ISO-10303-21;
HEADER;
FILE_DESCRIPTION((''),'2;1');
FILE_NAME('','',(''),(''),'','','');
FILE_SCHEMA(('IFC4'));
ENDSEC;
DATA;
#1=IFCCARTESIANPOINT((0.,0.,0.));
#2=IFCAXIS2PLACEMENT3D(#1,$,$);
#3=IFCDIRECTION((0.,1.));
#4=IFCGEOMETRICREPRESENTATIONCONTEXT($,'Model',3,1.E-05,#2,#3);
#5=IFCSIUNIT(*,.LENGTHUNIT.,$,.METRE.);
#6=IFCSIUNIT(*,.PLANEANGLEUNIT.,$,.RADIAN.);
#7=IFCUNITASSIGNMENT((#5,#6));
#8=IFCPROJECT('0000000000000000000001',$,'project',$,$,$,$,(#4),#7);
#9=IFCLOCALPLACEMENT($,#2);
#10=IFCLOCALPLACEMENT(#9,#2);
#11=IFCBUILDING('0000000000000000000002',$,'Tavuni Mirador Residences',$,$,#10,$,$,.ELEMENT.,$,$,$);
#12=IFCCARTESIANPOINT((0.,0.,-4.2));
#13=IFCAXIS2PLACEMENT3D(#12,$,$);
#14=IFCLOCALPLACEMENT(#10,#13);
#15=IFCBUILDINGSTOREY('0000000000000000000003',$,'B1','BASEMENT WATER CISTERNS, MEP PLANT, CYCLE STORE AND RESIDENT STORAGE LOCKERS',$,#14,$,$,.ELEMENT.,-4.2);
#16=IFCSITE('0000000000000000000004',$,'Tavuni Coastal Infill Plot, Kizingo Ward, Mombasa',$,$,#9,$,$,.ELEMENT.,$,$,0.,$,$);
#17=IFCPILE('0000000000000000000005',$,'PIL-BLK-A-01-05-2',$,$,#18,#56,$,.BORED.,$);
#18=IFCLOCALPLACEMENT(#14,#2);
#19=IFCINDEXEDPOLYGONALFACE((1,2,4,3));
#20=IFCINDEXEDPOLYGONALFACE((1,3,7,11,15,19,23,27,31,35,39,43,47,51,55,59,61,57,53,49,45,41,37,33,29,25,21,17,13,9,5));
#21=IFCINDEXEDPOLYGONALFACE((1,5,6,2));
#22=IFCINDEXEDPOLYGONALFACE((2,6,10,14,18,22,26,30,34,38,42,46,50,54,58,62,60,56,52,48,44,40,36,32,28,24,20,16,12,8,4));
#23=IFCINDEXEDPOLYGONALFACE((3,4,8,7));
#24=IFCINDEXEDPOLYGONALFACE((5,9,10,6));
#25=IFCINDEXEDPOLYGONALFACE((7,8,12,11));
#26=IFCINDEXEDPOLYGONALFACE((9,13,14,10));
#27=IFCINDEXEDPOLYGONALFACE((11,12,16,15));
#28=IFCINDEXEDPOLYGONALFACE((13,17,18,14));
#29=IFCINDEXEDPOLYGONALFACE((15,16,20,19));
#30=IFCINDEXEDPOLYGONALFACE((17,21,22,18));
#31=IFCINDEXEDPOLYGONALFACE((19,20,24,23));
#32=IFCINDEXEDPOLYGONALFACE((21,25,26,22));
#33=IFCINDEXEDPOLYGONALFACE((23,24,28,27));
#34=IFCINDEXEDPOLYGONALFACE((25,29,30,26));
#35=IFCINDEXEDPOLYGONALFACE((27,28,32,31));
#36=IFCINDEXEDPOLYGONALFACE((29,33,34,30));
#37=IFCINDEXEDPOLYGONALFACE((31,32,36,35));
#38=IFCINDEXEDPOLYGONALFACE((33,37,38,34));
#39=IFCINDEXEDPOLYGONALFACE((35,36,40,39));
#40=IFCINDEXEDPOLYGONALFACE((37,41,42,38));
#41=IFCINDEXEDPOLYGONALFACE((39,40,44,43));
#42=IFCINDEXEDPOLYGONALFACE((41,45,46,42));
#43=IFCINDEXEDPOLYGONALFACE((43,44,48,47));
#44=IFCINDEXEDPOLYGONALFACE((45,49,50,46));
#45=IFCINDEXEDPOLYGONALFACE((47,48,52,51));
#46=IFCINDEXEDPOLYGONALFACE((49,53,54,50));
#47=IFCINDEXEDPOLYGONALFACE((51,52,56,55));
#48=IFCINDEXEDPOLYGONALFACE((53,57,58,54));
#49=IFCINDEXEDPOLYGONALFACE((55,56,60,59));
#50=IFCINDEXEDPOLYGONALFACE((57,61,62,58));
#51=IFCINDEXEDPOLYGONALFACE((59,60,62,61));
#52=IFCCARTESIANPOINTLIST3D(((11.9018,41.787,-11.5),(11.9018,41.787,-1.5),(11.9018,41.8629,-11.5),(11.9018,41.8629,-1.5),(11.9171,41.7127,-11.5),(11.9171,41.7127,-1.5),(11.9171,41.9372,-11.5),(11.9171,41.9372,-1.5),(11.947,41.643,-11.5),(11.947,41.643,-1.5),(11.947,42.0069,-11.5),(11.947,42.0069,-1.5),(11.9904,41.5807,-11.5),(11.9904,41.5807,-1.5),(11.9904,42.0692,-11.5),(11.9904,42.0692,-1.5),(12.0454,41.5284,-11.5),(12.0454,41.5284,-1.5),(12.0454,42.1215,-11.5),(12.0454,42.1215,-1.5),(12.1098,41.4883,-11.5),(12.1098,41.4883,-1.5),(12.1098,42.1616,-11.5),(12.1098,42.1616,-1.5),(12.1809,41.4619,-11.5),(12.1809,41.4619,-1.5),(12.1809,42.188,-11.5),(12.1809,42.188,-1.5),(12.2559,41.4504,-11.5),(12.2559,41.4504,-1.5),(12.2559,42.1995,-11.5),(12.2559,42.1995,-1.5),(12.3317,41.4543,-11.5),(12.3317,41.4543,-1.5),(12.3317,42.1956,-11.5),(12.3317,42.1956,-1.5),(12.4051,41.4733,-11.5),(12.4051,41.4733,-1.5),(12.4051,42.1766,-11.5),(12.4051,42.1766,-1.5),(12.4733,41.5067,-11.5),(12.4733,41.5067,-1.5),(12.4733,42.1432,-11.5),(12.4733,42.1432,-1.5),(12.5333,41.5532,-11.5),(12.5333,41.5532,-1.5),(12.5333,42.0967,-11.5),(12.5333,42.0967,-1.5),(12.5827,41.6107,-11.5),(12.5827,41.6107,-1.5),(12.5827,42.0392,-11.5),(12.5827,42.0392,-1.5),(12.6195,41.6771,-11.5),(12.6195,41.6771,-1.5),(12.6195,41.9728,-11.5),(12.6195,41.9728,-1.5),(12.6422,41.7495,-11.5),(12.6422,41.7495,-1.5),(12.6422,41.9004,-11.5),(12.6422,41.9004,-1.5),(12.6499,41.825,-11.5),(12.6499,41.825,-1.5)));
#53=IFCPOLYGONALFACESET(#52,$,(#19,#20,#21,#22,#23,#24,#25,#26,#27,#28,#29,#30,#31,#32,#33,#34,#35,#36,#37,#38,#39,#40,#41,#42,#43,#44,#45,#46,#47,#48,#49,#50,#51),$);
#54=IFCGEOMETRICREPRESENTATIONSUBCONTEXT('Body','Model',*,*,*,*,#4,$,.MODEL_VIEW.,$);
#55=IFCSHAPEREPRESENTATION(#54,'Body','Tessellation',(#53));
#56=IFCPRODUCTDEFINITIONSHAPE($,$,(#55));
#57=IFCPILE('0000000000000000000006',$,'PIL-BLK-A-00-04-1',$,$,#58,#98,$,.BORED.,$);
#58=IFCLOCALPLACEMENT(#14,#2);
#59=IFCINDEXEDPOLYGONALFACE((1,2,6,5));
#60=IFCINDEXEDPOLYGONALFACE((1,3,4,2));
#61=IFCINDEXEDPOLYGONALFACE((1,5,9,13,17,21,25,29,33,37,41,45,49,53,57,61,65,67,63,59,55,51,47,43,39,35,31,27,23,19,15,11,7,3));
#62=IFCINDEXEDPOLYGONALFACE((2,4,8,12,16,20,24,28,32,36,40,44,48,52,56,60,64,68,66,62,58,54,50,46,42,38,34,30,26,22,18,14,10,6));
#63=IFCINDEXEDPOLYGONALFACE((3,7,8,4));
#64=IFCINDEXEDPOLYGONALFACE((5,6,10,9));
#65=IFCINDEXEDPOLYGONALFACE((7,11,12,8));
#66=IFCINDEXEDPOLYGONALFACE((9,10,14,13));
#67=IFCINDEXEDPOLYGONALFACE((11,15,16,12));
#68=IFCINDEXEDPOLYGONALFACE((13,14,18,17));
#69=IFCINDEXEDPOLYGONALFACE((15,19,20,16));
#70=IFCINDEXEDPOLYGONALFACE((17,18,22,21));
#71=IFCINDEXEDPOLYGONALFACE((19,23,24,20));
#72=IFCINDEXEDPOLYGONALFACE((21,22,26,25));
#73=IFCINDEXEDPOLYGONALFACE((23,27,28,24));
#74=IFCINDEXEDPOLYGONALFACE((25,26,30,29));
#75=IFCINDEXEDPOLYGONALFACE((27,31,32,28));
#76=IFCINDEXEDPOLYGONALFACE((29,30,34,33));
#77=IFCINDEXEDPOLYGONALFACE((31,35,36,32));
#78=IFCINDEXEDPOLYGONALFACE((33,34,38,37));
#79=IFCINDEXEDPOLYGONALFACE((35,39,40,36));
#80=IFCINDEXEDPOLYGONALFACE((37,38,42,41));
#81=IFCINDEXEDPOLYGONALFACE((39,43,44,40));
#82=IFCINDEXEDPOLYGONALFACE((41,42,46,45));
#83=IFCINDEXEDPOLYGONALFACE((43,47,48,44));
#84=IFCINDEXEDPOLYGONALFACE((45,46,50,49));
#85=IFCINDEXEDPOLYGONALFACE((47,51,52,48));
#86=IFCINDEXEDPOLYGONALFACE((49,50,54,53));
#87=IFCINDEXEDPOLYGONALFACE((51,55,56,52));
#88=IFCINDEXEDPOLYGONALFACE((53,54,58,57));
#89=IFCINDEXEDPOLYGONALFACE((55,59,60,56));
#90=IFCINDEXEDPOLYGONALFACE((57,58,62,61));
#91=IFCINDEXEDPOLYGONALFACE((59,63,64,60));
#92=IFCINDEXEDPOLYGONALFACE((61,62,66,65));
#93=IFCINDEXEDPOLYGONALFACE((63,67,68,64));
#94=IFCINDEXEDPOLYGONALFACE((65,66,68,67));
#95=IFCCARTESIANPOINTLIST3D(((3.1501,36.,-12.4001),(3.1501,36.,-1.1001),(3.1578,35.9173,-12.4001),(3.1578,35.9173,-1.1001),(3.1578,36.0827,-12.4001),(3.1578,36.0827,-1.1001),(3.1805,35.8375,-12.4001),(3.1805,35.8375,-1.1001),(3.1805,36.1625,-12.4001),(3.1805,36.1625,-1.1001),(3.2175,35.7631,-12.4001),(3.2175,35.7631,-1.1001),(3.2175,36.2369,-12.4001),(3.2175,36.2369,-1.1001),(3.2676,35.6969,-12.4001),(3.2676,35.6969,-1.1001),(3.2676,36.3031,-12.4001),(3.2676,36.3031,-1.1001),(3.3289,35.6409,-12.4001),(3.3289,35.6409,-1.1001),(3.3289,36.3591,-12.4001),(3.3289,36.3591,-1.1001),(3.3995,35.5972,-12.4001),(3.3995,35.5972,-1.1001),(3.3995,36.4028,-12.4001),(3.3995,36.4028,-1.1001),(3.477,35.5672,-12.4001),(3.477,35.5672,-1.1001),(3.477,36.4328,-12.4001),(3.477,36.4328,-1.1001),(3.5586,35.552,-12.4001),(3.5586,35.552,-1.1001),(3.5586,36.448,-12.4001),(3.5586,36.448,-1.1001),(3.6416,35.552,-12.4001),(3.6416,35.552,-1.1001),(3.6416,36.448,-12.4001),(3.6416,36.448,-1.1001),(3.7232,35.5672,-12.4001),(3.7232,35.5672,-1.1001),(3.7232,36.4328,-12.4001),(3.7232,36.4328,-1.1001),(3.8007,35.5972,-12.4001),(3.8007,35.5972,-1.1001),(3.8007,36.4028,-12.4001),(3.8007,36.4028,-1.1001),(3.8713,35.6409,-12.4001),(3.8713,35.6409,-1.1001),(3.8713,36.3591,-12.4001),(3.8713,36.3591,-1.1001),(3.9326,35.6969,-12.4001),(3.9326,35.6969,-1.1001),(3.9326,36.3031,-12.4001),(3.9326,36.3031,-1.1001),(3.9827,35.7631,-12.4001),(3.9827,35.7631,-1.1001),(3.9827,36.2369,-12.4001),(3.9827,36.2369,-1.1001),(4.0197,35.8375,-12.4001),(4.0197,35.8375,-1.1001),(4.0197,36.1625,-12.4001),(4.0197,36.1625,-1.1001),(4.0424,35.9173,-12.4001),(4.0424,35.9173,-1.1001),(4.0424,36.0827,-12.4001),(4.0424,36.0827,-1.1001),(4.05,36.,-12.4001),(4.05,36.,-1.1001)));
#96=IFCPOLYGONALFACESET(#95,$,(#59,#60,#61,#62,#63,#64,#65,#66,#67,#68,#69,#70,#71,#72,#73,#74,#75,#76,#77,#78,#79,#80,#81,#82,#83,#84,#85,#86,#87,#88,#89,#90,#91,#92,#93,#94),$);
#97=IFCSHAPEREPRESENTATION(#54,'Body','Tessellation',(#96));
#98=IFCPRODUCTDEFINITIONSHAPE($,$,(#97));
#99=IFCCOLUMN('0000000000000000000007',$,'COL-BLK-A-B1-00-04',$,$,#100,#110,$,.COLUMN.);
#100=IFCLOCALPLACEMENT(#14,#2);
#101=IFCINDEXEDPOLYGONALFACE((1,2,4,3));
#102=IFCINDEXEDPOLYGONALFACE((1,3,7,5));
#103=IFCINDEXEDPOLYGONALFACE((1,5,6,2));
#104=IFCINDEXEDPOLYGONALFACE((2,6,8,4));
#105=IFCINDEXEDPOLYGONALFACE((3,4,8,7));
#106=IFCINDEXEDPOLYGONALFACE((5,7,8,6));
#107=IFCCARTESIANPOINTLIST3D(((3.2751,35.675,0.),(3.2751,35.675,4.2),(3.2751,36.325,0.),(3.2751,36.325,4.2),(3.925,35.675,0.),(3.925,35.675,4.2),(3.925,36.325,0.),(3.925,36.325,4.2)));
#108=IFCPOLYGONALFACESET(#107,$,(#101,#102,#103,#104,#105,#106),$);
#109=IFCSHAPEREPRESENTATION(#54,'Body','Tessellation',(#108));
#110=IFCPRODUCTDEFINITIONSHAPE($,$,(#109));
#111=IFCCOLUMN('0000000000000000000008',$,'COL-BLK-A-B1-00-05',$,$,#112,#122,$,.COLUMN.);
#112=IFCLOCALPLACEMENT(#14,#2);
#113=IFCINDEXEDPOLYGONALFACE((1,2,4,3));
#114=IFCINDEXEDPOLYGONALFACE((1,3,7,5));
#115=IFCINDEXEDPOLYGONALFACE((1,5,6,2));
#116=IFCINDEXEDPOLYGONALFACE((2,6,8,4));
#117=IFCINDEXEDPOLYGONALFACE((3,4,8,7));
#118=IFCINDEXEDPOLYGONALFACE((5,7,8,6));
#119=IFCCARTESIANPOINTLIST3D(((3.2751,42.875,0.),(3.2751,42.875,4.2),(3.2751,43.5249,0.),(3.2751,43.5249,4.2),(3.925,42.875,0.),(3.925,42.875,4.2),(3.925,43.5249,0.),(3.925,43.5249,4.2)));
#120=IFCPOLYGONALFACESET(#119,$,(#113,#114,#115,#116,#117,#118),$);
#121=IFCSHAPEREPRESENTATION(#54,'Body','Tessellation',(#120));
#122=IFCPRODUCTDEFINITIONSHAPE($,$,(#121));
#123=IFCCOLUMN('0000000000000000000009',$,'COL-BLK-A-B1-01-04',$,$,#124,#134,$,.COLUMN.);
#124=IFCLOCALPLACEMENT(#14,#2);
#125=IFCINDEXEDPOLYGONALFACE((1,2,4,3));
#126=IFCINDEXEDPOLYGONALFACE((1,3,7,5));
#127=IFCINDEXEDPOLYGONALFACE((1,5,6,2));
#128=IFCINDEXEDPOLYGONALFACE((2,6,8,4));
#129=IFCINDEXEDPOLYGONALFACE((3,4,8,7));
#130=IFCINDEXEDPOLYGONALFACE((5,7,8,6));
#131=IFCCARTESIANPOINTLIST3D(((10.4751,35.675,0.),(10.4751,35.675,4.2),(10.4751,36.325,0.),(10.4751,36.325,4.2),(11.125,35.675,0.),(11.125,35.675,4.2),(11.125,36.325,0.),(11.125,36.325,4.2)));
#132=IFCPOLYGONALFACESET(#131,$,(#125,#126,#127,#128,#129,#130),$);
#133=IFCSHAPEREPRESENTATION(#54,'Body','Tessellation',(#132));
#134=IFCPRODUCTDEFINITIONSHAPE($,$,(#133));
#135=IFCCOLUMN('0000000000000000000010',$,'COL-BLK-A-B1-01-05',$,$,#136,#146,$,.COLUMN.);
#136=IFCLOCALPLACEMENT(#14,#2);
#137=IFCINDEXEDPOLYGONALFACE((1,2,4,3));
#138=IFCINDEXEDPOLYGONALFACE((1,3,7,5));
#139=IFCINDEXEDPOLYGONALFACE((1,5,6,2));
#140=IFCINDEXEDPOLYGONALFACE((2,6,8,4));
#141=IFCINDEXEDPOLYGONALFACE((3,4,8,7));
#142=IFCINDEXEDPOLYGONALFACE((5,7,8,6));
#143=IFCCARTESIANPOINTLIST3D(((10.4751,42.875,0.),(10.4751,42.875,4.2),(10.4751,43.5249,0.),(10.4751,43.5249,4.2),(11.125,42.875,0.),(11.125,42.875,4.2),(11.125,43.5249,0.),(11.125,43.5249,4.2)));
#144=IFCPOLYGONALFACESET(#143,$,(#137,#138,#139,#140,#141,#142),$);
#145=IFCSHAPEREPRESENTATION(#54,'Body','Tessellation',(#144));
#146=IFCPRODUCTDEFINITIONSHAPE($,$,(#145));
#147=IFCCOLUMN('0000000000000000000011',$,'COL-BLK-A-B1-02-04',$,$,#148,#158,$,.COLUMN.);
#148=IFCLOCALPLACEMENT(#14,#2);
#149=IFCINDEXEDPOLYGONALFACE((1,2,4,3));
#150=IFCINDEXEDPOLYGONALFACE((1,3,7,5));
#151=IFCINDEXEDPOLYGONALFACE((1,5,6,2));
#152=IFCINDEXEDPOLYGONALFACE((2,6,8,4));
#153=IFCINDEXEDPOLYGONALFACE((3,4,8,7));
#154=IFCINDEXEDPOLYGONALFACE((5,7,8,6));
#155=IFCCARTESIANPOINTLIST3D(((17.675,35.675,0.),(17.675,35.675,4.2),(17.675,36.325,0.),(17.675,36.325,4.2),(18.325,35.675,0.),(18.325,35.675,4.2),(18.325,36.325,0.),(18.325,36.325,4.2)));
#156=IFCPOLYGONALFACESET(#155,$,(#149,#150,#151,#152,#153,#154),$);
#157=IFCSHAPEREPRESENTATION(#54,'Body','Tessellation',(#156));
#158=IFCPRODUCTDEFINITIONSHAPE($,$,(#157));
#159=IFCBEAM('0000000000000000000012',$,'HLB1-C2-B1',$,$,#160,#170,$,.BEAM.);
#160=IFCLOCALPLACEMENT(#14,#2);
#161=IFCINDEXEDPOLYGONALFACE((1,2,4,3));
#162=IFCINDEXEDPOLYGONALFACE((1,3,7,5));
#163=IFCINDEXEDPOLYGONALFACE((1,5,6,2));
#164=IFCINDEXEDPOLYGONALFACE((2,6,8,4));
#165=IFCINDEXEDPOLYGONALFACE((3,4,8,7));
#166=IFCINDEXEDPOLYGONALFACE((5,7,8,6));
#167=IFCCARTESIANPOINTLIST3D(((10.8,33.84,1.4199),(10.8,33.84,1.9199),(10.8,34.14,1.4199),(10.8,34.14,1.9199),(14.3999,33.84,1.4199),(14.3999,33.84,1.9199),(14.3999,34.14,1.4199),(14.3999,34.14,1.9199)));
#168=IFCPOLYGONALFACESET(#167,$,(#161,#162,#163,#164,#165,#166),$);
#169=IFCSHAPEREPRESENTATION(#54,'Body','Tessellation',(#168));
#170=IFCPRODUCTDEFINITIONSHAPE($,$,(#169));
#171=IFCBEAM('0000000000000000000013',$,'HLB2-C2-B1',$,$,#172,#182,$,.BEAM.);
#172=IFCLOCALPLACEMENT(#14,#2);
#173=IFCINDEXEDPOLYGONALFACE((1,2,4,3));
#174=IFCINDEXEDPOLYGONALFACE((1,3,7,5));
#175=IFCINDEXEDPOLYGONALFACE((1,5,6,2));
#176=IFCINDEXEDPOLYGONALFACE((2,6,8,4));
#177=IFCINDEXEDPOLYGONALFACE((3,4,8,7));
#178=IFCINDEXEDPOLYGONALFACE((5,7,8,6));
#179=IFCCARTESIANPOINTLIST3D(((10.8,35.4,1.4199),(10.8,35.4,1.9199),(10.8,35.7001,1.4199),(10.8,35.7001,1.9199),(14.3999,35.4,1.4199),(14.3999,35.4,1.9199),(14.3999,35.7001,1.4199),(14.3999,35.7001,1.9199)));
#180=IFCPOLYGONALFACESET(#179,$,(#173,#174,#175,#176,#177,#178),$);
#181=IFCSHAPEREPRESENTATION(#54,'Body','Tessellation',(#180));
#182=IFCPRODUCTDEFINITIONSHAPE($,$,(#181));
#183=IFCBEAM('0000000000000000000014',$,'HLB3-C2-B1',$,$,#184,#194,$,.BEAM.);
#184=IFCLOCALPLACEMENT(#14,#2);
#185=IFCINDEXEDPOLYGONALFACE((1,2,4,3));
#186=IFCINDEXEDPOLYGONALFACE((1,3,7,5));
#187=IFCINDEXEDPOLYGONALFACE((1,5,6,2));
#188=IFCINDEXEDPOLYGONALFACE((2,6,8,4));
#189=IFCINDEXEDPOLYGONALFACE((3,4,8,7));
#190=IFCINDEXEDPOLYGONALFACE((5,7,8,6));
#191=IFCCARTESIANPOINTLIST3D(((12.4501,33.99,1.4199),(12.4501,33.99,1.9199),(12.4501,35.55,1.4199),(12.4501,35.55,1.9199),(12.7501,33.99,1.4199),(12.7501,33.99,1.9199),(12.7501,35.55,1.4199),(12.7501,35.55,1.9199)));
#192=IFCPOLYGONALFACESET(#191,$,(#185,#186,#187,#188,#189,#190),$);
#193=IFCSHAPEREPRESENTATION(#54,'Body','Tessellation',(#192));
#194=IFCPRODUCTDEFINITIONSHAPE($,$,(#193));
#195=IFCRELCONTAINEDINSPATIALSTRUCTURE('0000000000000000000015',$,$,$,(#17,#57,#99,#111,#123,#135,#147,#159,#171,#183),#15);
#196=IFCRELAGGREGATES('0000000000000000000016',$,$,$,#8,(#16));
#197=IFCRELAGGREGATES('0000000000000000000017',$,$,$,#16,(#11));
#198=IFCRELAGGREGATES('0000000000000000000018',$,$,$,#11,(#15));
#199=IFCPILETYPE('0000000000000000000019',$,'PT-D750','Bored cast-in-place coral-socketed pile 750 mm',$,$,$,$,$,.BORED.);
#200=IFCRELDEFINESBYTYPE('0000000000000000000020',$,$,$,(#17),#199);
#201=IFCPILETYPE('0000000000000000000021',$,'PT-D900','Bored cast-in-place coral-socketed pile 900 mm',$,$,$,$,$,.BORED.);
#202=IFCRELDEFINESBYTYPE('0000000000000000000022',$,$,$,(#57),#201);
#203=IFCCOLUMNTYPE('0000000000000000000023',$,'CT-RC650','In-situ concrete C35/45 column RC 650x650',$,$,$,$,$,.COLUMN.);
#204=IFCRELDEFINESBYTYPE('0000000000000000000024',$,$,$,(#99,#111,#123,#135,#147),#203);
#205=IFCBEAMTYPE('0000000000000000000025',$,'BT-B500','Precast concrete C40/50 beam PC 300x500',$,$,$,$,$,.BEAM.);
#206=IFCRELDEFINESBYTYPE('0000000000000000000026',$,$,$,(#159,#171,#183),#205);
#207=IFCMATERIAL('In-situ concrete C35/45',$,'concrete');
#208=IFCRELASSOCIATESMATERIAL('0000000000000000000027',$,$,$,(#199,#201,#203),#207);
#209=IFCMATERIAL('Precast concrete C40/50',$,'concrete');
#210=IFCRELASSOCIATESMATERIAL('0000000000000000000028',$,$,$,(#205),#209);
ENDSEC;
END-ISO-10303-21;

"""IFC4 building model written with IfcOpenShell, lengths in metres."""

from ifc_helpers import new_model, si_unit, direction, frame, origin, origin_2d, place, context, subcontext, project, spatial, rectangle, circle, extrude, material, material_profile, profile_set, type_object, element, save


model = new_model("IFC4")

# Units and contexts
model_context = context("Model", 3, precision=1e-05, world=origin(), true_north=direction((0.0, 1.0)))
body_context = subcontext(model_context, "Body", "Model", "MODEL_VIEW")
ifc_project = project(units=[si_unit("LENGTHUNIT", "METRE"), si_unit("PLANEANGLEUNIT", "RADIAN")], contexts=[model_context])

# Site, building, storey
site_placement = place(None, origin())
site = spatial("IfcSite", under=ifc_project, at=site_placement, Name="Tavuni Coastal Infill Plot, Kizingo Ward, Mombasa", CompositionType="ELEMENT", RefElevation=0.0)
building_placement = place(site_placement, origin())
building = spatial("IfcBuilding", under=site, at=building_placement, Name="Tavuni Mirador Residences", CompositionType="ELEMENT")
storey_placement = place(building_placement, frame((0.0, 0.0, -4.2)))
storey = spatial("IfcBuildingStorey", under=building, at=storey_placement, Name="B1", Description="BASEMENT WATER CISTERNS, MEP PLANT, CYCLE STORE AND RESIDENT STORAGE LOCKERS", CompositionType="ELEMENT", Elevation=-4.2)

# Shared definitions
ifc_material_1 = material(Name="In-situ concrete C35/45", Category="concrete")

# Piles
ifc_material_profile_1 = material_profile(ifc_material_1, circle(Radius=0.375, at=origin_2d()), Name="PILE D750", Category="concrete")
ifc_profile_set_1 = profile_set([ifc_material_profile_1], Name="In-situ concrete C35/45")
pile_type_1 = type_object("IfcPileType", Name="PT-D750", Description="Bored cast-in-place coral-socketed pile 750 mm", PredefinedType="BORED", material=ifc_profile_set_1)
for number, where, z_axis, x_axis, name in (
    (1, (12.2749, 41.825, -1.5), (0.0, 0.0, -1.0), (1.0, 0.0, 0.0), "PIL-BLK-A-01-05-2"),
):
    element("IfcPile", number, at=place(storey_placement, frame(where, z_axis=z_axis, x_axis=x_axis)), inside=storey, type_object=pile_type_1, Name=name, PredefinedType="BORED", context=body_context, shape_type="SweptSolid", body=[
        extrude(circle(Radius=0.375, at=origin_2d()), origin(), (0.0, 0.0, 1.0), 10.0),
    ])
ifc_material_profile_2 = material_profile(ifc_material_1, circle(Radius=0.45, at=origin_2d()), Name="PILE D900", Category="concrete")
ifc_profile_set_2 = profile_set([ifc_material_profile_2], Name="In-situ concrete C35/45")
pile_type_2 = type_object("IfcPileType", Name="PT-D900", Description="Bored cast-in-place coral-socketed pile 900 mm", PredefinedType="BORED", material=ifc_profile_set_2)
pile_1_placement = place(storey_placement, frame((3.6001, 36.0, -1.1001), z_axis=(0.0, 0.0, -1.0), x_axis=(1.0, 0.0, 0.0)))
element("IfcPile", 2, at=pile_1_placement, inside=storey, type_object=pile_type_2, Name="PIL-BLK-A-00-04-1", PredefinedType="BORED", context=body_context, shape_type="SweptSolid", body=[
    extrude(circle(Radius=0.45, at=origin_2d()), origin(), (0.0, 0.0, 1.0), 11.3),
])

# Columns
ifc_material_profile_3 = material_profile(ifc_material_1, rectangle(XDim=0.6499, YDim=0.6499, at=origin_2d()), Name="RC 650x650", Category="concrete")
ifc_profile_set_3 = profile_set([ifc_material_profile_3], Name="In-situ concrete C35/45")
column_type = type_object("IfcColumnType", Name="CT-RC650", Description="In-situ concrete C35/45 column RC 650x650", PredefinedType="COLUMN", material=ifc_profile_set_3)
for number, where, z_axis, x_axis, name in (
    (3, (3.6001, 36.0, 0.0), (0.0, 0.0, 1.0), (1.0, 0.0, 0.0), "COL-BLK-A-B1-00-04"),
    (4, (3.6001, 43.2, 0.0), (0.0, 0.0, 1.0), (1.0, 0.0, 0.0), "COL-BLK-A-B1-00-05"),
    (5, (10.8, 36.0, 0.0), (0.0, 0.0, 1.0), (1.0, 0.0, 0.0), "COL-BLK-A-B1-01-04"),
    (6, (10.8, 43.2, 0.0), (0.0, 0.0, 1.0), (1.0, 0.0, 0.0), "COL-BLK-A-B1-01-05"),
    (7, (18.0, 36.0, 0.0), (0.0, 0.0, 1.0), (1.0, 0.0, 0.0), "COL-BLK-A-B1-02-04"),
):
    element("IfcColumn", number, at=place(storey_placement, frame(where, z_axis=z_axis, x_axis=x_axis)), inside=storey, type_object=column_type, Name=name, PredefinedType="COLUMN", context=body_context, shape_type="SweptSolid", body=[
        extrude(rectangle(XDim=0.6499, YDim=0.6499, at=origin_2d()), origin(), (0.0, 0.0, 1.0), 4.2),
    ])

# Beams
ifc_material_2 = material(Name="Precast concrete C40/50", Category="concrete")
ifc_material_profile_4 = material_profile(ifc_material_2, rectangle(XDim=0.3, YDim=0.5, at=origin_2d()), Name="PC 300x500", Category="concrete")
ifc_profile_set_4 = profile_set([ifc_material_profile_4], Name="Precast concrete C40/50")
beam_type_1 = type_object("IfcBeamType", Name="BT-B500", Description="Precast concrete C40/50 beam PC 300x500", PredefinedType="BEAM", material=ifc_profile_set_4)
for number, where, z_axis, x_axis, name in (
    (8, (10.8, 33.99, 1.6699), (1.0, 0.0, 0.0), (0.0, 1.0, 0.0), "HLB1-C2-B1"),
    (9, (10.8, 35.55, 1.6699), (1.0, 0.0, 0.0), (0.0, 1.0, 0.0), "HLB2-C2-B1"),
):
    element("IfcBeam", number, at=place(storey_placement, frame(where, z_axis=z_axis, x_axis=x_axis)), inside=storey, type_object=beam_type_1, Name=name, PredefinedType="BEAM", context=body_context, shape_type="SweptSolid", body=[
        extrude(rectangle(XDim=0.3, YDim=0.5, at=origin_2d()), origin(), (0.0, 0.0, 1.0), 3.5999),
    ])
beam_placement = place(storey_placement, frame((12.6001, 33.99, 1.6699), z_axis=(0.0, 1.0, 0.0), x_axis=(-1.0, 0.0, 0.0)))
element("IfcBeam", 10, at=beam_placement, inside=storey, type_object=beam_type_1, Name="HLB3-C2-B1", PredefinedType="BEAM", context=body_context, shape_type="SweptSolid", body=[
    extrude(rectangle(XDim=0.3, YDim=0.5, at=origin_2d()), origin(), (0.0, 0.0, 1.0), 1.5601),
])

save(model, "model.ifc")
